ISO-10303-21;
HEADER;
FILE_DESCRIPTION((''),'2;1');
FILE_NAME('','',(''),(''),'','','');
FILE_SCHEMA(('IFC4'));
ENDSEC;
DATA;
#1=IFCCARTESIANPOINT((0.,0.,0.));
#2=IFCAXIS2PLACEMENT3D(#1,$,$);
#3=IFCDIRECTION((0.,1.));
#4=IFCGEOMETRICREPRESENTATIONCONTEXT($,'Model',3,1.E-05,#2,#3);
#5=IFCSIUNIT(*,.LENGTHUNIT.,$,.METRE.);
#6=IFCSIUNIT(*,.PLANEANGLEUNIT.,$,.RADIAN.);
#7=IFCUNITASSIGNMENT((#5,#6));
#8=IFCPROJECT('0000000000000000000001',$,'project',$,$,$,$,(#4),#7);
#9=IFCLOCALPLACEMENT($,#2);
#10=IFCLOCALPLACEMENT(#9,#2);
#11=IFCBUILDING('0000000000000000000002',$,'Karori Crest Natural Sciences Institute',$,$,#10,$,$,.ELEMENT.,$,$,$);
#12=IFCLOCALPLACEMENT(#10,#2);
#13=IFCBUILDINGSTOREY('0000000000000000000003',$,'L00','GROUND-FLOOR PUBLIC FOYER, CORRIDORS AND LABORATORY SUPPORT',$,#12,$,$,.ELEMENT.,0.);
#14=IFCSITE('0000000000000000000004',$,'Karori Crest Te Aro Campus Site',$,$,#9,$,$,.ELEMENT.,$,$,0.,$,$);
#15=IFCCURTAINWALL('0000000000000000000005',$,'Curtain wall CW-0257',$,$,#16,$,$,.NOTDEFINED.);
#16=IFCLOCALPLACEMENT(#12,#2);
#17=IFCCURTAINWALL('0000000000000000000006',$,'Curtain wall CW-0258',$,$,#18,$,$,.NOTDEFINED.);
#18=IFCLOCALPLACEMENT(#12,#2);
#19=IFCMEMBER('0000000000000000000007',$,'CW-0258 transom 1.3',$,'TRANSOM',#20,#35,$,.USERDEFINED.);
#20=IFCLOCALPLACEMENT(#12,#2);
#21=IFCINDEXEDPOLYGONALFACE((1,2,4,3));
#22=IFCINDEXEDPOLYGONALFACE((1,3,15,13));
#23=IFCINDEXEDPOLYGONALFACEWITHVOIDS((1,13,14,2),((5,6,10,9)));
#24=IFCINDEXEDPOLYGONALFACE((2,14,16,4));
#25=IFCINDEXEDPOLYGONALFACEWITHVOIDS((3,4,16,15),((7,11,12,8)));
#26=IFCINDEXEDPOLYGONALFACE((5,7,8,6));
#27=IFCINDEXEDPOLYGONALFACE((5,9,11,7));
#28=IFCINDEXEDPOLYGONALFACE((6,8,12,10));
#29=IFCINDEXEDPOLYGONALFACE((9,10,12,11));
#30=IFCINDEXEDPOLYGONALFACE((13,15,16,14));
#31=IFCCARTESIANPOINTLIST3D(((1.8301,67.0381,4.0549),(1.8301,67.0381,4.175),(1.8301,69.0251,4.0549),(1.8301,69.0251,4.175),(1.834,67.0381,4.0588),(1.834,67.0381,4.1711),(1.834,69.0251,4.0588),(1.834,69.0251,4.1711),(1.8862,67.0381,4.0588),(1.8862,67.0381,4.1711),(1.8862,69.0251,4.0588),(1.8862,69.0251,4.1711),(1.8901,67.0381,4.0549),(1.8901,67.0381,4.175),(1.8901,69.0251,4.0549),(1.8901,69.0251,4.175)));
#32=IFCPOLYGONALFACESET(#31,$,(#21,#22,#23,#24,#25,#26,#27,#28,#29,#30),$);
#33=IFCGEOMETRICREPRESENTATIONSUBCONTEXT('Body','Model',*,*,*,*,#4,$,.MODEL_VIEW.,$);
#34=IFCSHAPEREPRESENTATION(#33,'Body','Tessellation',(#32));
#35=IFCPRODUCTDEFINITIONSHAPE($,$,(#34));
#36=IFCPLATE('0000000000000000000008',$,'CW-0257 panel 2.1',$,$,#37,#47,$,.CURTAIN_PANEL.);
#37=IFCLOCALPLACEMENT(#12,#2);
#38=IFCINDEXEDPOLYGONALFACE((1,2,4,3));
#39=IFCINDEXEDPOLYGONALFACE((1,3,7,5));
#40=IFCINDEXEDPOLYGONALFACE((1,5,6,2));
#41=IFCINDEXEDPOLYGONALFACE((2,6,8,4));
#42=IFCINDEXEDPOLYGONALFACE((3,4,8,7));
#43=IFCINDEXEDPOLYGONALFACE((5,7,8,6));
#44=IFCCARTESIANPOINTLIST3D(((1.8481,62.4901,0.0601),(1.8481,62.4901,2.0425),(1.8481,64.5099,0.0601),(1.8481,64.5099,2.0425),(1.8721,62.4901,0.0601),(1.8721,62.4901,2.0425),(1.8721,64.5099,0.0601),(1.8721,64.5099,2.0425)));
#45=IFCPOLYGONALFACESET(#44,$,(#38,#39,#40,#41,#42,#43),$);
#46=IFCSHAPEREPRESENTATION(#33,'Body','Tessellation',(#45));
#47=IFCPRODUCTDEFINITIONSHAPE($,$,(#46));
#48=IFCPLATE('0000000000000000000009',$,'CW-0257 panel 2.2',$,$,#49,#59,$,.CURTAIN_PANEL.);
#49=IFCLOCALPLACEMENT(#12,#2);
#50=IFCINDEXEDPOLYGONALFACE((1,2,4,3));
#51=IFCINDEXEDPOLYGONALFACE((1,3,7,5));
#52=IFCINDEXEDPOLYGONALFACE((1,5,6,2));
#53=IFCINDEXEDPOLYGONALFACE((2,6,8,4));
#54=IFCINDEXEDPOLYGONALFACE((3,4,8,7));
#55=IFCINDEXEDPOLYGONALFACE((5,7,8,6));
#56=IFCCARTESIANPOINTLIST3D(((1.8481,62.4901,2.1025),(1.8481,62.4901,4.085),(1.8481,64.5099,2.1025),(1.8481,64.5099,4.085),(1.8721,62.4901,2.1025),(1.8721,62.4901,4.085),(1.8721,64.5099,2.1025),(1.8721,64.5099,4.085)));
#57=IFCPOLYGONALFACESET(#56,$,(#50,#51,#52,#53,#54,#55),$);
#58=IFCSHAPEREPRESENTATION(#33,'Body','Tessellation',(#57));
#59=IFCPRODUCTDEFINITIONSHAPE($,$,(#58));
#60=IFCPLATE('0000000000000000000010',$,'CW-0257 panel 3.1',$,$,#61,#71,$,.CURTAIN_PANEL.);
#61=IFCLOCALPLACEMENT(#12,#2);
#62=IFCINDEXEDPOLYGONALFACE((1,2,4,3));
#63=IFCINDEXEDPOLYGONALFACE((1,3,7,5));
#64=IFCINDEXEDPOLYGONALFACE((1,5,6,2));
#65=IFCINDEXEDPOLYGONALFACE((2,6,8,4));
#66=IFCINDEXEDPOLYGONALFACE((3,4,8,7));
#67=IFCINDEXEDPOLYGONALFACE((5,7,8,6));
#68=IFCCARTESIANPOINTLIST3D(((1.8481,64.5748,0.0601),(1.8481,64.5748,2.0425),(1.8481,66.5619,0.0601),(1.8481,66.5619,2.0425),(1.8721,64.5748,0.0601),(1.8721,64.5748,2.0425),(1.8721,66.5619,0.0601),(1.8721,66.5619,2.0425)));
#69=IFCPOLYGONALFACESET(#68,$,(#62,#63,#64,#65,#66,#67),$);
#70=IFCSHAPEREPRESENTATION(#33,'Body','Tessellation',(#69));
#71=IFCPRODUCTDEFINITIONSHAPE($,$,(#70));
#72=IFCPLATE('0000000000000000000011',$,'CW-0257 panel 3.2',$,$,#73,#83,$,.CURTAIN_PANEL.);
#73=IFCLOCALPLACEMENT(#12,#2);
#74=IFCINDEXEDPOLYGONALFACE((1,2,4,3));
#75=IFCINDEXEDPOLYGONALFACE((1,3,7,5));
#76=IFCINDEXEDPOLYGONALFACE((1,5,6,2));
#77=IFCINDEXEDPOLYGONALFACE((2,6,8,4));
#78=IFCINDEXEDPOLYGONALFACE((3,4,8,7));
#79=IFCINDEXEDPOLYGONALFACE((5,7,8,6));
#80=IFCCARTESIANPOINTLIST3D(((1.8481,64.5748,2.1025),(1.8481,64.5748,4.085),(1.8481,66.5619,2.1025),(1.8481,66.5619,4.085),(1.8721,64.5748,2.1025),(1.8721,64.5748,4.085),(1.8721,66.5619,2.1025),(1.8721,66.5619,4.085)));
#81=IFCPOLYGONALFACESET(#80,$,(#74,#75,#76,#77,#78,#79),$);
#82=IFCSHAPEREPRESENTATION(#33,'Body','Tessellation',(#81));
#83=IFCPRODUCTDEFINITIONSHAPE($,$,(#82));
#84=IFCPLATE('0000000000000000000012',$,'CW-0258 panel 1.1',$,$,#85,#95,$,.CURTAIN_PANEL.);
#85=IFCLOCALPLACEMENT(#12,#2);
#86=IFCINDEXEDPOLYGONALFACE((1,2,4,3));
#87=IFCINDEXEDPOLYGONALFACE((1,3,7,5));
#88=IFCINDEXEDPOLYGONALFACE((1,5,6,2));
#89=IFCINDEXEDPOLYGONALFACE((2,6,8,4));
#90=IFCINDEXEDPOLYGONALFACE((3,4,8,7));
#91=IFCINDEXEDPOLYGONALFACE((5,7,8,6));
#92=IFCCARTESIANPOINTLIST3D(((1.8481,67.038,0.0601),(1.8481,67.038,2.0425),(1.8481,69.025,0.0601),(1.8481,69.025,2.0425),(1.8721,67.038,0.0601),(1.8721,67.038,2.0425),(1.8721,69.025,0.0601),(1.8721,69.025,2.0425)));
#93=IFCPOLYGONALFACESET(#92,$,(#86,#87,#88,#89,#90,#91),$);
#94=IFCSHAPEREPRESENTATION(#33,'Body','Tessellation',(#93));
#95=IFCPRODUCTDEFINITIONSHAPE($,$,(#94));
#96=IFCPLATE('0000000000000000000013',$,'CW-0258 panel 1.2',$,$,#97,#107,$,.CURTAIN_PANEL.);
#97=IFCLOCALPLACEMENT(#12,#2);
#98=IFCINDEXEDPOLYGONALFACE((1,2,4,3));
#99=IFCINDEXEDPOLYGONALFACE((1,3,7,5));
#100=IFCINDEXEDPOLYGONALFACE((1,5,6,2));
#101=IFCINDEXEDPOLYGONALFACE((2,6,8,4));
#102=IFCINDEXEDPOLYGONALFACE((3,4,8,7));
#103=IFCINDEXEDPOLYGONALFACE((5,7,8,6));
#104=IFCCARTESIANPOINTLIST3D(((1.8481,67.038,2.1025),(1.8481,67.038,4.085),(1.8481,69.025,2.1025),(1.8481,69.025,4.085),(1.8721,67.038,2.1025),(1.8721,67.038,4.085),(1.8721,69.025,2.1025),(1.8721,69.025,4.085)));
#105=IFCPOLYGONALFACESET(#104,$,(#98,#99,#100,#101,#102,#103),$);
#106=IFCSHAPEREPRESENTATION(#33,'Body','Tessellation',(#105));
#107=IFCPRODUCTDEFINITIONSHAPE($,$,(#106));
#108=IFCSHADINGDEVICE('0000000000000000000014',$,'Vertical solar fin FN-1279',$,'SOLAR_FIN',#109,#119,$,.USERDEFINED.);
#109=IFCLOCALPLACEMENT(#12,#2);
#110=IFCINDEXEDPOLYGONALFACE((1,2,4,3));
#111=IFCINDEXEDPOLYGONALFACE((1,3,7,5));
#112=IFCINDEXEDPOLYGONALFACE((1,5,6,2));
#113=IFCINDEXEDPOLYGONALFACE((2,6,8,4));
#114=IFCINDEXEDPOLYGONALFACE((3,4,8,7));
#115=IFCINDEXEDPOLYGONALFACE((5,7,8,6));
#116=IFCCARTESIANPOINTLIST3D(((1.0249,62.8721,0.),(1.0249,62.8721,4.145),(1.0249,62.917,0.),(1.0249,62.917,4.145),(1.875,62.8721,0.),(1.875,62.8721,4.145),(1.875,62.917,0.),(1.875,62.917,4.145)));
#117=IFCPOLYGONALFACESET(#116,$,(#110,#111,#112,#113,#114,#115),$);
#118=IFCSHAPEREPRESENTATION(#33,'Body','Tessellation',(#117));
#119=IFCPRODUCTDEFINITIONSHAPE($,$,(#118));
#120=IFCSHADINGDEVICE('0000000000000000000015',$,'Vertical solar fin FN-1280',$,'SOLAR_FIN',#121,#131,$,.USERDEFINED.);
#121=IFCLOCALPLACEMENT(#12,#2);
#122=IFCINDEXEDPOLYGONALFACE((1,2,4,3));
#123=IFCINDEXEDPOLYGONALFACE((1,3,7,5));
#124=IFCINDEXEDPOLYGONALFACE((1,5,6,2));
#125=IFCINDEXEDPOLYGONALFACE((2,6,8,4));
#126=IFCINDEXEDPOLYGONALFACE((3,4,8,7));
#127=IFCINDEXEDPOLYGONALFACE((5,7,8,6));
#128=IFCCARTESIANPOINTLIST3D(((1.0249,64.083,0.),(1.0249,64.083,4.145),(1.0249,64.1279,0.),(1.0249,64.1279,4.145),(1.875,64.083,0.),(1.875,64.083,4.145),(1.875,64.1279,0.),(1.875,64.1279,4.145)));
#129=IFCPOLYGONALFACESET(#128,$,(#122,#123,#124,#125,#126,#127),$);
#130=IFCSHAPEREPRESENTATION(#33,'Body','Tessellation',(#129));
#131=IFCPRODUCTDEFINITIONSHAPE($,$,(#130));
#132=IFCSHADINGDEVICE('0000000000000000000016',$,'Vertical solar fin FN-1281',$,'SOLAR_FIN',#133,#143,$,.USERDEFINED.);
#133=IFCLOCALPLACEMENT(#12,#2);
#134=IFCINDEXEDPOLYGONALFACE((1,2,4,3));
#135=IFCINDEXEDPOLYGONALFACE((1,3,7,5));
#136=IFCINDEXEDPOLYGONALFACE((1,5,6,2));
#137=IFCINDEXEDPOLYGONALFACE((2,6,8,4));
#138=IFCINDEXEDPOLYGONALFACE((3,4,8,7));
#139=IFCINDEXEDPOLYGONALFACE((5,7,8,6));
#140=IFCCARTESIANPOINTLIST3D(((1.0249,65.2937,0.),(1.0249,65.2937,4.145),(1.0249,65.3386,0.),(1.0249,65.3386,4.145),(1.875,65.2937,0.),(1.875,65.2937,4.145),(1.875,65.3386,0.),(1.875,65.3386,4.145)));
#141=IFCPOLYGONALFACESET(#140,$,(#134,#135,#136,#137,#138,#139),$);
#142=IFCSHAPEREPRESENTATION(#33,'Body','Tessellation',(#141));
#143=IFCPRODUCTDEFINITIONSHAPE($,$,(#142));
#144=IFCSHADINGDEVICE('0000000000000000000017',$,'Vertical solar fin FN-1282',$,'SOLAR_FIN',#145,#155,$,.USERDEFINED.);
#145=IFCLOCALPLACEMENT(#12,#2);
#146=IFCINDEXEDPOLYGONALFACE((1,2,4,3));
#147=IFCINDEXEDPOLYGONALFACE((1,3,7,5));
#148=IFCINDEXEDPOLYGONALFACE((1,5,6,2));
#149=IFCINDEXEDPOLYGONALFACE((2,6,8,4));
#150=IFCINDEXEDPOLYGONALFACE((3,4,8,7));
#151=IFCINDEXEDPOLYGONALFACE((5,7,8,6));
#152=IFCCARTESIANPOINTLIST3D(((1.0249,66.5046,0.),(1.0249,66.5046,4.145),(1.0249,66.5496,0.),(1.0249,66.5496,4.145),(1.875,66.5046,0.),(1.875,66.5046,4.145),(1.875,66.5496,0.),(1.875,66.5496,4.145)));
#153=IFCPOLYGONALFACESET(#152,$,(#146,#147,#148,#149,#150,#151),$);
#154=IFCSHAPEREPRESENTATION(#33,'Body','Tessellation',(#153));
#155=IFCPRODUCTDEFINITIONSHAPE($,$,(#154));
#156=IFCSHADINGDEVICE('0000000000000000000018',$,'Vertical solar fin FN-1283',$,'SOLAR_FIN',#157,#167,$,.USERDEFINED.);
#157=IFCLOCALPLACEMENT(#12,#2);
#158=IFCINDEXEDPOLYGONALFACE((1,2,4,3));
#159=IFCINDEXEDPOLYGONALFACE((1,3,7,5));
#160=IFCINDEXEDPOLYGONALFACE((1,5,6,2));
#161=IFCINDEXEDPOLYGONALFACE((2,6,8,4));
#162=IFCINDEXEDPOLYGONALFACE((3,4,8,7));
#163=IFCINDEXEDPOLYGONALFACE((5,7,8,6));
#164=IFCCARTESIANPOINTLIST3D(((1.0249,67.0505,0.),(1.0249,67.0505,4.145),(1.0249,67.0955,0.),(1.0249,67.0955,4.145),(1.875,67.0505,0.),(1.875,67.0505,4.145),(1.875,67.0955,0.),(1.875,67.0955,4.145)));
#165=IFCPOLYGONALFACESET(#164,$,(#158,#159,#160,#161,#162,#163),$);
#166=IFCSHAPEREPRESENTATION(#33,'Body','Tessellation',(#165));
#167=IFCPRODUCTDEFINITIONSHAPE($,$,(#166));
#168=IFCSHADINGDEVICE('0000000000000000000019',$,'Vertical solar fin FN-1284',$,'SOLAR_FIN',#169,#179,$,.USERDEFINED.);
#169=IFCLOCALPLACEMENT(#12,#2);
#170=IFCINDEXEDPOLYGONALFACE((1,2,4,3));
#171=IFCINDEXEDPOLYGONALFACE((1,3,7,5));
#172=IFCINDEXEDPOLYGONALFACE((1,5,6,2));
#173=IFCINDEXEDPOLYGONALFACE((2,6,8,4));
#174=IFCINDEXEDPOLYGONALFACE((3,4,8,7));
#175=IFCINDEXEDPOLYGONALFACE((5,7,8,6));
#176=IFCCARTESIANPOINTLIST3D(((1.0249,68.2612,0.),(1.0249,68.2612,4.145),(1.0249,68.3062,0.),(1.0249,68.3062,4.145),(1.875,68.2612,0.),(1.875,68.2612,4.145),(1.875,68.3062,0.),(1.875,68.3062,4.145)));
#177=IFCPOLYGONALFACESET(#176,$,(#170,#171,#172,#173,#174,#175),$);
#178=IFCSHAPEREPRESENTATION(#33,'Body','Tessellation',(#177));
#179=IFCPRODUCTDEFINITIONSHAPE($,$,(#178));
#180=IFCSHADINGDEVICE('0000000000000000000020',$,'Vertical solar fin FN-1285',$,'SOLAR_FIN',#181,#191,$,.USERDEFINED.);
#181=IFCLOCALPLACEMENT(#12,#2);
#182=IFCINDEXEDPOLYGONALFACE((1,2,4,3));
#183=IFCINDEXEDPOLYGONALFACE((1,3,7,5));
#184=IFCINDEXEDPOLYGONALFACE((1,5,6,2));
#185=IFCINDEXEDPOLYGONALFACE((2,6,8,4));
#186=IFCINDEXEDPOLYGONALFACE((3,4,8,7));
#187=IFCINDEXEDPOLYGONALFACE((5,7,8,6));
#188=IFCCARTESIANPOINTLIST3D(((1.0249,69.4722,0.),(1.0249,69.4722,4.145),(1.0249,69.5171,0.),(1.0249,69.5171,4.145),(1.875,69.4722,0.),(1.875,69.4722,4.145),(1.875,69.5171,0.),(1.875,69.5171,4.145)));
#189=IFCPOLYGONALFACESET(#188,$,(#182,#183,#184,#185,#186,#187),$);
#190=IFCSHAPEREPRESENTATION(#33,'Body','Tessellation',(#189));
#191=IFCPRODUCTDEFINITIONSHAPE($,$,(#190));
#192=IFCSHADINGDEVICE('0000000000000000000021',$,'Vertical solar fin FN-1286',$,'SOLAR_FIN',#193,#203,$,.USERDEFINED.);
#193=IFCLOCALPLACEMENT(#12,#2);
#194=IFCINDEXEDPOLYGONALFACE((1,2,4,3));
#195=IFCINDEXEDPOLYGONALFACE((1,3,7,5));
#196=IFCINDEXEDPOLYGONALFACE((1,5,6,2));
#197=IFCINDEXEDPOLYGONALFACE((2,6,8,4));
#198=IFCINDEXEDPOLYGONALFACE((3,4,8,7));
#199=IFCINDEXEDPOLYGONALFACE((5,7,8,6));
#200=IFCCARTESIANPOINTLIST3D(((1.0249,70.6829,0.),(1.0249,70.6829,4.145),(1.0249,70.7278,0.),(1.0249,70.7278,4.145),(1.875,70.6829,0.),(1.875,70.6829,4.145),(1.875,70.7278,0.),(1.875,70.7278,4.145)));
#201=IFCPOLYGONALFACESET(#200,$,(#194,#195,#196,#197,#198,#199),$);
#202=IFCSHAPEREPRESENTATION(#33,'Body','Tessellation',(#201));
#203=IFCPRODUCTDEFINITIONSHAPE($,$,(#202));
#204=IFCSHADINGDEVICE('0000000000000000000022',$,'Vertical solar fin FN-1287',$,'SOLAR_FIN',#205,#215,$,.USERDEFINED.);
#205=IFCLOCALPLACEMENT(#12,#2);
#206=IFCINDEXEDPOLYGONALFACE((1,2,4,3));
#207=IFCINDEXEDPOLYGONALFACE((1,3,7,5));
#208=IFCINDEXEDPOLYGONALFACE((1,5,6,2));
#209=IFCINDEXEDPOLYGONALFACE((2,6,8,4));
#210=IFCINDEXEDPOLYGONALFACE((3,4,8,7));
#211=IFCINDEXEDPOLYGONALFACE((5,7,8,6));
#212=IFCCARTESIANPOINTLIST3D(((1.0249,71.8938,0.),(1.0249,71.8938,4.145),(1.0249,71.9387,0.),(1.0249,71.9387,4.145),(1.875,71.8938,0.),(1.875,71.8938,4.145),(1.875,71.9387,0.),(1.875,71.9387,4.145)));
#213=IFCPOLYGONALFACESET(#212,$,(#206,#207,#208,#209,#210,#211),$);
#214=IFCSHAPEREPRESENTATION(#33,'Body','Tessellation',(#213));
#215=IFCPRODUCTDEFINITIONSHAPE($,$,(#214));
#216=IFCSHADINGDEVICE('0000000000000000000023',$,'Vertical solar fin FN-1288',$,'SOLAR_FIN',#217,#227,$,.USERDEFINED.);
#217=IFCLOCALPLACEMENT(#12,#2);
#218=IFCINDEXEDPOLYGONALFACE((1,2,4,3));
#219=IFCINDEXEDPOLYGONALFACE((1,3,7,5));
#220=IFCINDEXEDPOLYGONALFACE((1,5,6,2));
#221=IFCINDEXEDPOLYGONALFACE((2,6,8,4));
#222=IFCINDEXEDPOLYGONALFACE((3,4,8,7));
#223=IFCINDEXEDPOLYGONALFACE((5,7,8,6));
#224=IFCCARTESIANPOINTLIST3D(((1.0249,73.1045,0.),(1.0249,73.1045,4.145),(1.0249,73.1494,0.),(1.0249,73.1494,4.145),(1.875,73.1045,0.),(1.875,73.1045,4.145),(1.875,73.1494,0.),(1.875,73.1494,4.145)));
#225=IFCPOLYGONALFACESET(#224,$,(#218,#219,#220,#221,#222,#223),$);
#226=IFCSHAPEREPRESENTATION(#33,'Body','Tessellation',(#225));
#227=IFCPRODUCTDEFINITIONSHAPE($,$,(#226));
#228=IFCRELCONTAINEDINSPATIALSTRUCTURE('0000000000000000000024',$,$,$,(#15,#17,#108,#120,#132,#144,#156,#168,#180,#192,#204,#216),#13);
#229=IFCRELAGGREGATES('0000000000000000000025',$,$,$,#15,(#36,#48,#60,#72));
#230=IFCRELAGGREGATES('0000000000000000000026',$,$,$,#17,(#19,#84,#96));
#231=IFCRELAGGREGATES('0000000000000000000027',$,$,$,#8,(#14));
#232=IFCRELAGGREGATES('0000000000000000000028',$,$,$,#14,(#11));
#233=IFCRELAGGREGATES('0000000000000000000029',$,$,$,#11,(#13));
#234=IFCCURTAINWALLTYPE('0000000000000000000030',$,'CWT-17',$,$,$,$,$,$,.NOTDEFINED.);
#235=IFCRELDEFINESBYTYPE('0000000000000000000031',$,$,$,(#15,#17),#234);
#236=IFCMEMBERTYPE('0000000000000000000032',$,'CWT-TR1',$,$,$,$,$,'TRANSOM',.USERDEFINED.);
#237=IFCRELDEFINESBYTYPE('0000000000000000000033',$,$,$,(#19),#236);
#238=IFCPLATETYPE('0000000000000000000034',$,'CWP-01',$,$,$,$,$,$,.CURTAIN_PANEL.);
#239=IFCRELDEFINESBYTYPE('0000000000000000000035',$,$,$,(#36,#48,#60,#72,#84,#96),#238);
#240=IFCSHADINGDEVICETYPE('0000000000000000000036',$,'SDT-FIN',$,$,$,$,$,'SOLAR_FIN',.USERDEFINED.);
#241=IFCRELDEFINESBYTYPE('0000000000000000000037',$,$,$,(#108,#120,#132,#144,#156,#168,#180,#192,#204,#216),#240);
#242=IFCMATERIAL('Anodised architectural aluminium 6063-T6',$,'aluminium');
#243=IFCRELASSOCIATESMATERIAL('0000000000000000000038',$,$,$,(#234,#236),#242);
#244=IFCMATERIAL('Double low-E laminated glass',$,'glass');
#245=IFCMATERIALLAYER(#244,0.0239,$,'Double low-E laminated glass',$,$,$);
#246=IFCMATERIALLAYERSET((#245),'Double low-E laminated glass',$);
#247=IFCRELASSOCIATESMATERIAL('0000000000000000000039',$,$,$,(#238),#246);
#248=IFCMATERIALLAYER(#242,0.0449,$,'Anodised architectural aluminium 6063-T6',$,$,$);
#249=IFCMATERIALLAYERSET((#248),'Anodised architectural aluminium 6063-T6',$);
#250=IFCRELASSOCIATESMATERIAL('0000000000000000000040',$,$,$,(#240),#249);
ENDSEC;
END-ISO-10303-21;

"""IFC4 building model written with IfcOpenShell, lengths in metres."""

from ifc_helpers import new_model, si_unit, direction, frame, origin, origin_2d, place, context, subcontext, project, spatial, rectangle, hollow_rectangle, extrude, material, layer, layer_set, material_profile, profile_set, type_object, element, aggregate, save


model = new_model("IFC4")

# Units and contexts
model_context = context("Model", 3, precision=1e-05, world=origin(), true_north=direction((0.0, 1.0)))
body_context = subcontext(model_context, "Body", "Model", "MODEL_VIEW")
ifc_project = project(units=[si_unit("LENGTHUNIT", "METRE"), si_unit("PLANEANGLEUNIT", "RADIAN")], contexts=[model_context])

# Site, building, storey
site_placement = place(None, origin())
site = spatial("IfcSite", under=ifc_project, at=site_placement, Name="Karori Crest Te Aro Campus Site", CompositionType="ELEMENT", RefElevation=0.0)
building_placement = place(site_placement, origin())
building = spatial("IfcBuilding", under=site, at=building_placement, Name="Karori Crest Natural Sciences Institute", CompositionType="ELEMENT")
storey_placement = place(building_placement, origin())
storey = spatial("IfcBuildingStorey", under=building, at=storey_placement, Name="L00", Description="GROUND-FLOOR PUBLIC FOYER, CORRIDORS AND LABORATORY SUPPORT", CompositionType="ELEMENT", Elevation=0.0)

# Curtain wall
ifc_material_1 = material(Name="Anodised architectural aluminium 6063-T6", Category="aluminium")
curtain_wall_type = type_object("IfcCurtainWallType", Name="CWT-17", PredefinedType="NOTDEFINED", material=ifc_material_1)
curtain_wall_1_placement = place(storey_placement, origin())
curtain_wall_1 = element("IfcCurtainWall", 1, at=curtain_wall_1_placement, inside=storey, type_object=curtain_wall_type, Name="Curtain wall CW-0257", PredefinedType="NOTDEFINED")

# Curtain wall
curtain_wall_2_placement = place(storey_placement, origin())
curtain_wall_2 = element("IfcCurtainWall", 2, at=curtain_wall_2_placement, inside=storey, type_object=curtain_wall_type, Name="Curtain wall CW-0258", PredefinedType="NOTDEFINED")

# Member
ifc_material_profile_1 = material_profile(ifc_material_1, hollow_rectangle(XDim=0.0601, YDim=0.1201, WallThickness=0.0039, at=origin_2d()), Name="CWT120x60x4")
ifc_profile_set_1 = profile_set([ifc_material_profile_1], Name="Anodised architectural aluminium 6063-T6")
member_type_1 = type_object("IfcMemberType", Name="CWT-TR1", ElementType="TRANSOM", PredefinedType="USERDEFINED", material=ifc_profile_set_1)
member_1_placement = place(storey_placement, frame((1.8601, 67.0381, 4.115), z_axis=(0.0, 1.0, 0.0), x_axis=(-1.0, 0.0, 0.0)))
member_1 = element("IfcMember", 3, at=member_1_placement, type_object=member_type_1, Name="CW-0258 transom 1.3", ObjectType="TRANSOM", PredefinedType="USERDEFINED", context=body_context, shape_type="SweptSolid", body=[
    extrude(hollow_rectangle(XDim=0.0601, YDim=0.1201, WallThickness=0.0039, at=origin_2d()), origin(), (0.0, 0.0, 1.0), 1.9871),
])

# Plates
ifc_material_2 = material(Name="Double low-E laminated glass", Category="glass")
ifc_layer_1 = layer(ifc_material_2, 0.0239, Name="Double low-E laminated glass")
ifc_layer_set_1 = layer_set([ifc_layer_1], Name="Double low-E laminated glass")
plate_type = type_object("IfcPlateType", Name="CWP-01", PredefinedType="CURTAIN_PANEL", material=ifc_layer_set_1)
plate_1_placement = place(storey_placement, frame((1.8601, 63.5, 0.0601), z_axis=(0.0, 0.0, 1.0), x_axis=(0.0, 1.0, 0.0)))
plate_1 = element("IfcPlate", 4, at=plate_1_placement, type_object=plate_type, Name="CW-0257 panel 2.1", PredefinedType="CURTAIN_PANEL", context=body_context, shape_type="SweptSolid", body=[
    extrude(rectangle(XDim=2.0198, YDim=0.0239, at=origin_2d()), origin(), (0.0, 0.0, 1.0), 1.9824),
])
plate_2_placement = place(storey_placement, frame((1.8601, 63.5, 2.1025), z_axis=(0.0, 0.0, 1.0), x_axis=(0.0, 1.0, 0.0)))
plate_2 = element("IfcPlate", 5, at=plate_2_placement, type_object=plate_type, Name="CW-0257 panel 2.2", PredefinedType="CURTAIN_PANEL", context=body_context, shape_type="SweptSolid", body=[
    extrude(rectangle(XDim=2.0198, YDim=0.0239, at=origin_2d()), origin(), (0.0, 0.0, 1.0), 1.9824),
])
plate_3_placement = place(storey_placement, frame((1.8601, 65.5684, 0.0601), z_axis=(0.0, 0.0, 1.0), x_axis=(0.0, 1.0, 0.0)))
plate_3 = element("IfcPlate", 6, at=plate_3_placement, type_object=plate_type, Name="CW-0257 panel 3.1", PredefinedType="CURTAIN_PANEL", context=body_context, shape_type="SweptSolid", body=[
    extrude(rectangle(XDim=1.9871, YDim=0.0239, at=origin_2d()), origin(), (0.0, 0.0, 1.0), 1.9824),
])
plate_4_placement = place(storey_placement, frame((1.8601, 65.5684, 2.1025), z_axis=(0.0, 0.0, 1.0), x_axis=(0.0, 1.0, 0.0)))
plate_4 = element("IfcPlate", 7, at=plate_4_placement, type_object=plate_type, Name="CW-0257 panel 3.2", PredefinedType="CURTAIN_PANEL", context=body_context, shape_type="SweptSolid", body=[
    extrude(rectangle(XDim=1.9871, YDim=0.0239, at=origin_2d()), origin(), (0.0, 0.0, 1.0), 1.9824),
])
aggregate(curtain_wall_1, [plate_1, plate_2, plate_3, plate_4])
plate_5_placement = place(storey_placement, frame((1.8601, 68.0315, 0.0601), z_axis=(0.0, 0.0, 1.0), x_axis=(0.0, 1.0, 0.0)))
plate_5 = element("IfcPlate", 8, at=plate_5_placement, type_object=plate_type, Name="CW-0258 panel 1.1", PredefinedType="CURTAIN_PANEL", context=body_context, shape_type="SweptSolid", body=[
    extrude(rectangle(XDim=1.9871, YDim=0.0239, at=origin_2d()), origin(), (0.0, 0.0, 1.0), 1.9824),
])
plate_6_placement = place(storey_placement, frame((1.8601, 68.0315, 2.1025), z_axis=(0.0, 0.0, 1.0), x_axis=(0.0, 1.0, 0.0)))
plate_6 = element("IfcPlate", 9, at=plate_6_placement, type_object=plate_type, Name="CW-0258 panel 1.2", PredefinedType="CURTAIN_PANEL", context=body_context, shape_type="SweptSolid", body=[
    extrude(rectangle(XDim=1.9871, YDim=0.0239, at=origin_2d()), origin(), (0.0, 0.0, 1.0), 1.9824),
])
aggregate(curtain_wall_2, [member_1, plate_5, plate_6])

# Shading devices
ifc_layer_2 = layer(ifc_material_1, 0.0449, Name="Anodised architectural aluminium 6063-T6")
ifc_layer_set_2 = layer_set([ifc_layer_2], Name="Anodised architectural aluminium 6063-T6")
shading_device_type = type_object("IfcShadingDeviceType", Name="SDT-FIN", ElementType="SOLAR_FIN", PredefinedType="USERDEFINED", material=ifc_layer_set_2)
for number, where, z_axis, x_axis, name in (
    (10, (1.45, 62.8945, 0.0), (0.0, 0.0, 1.0), (-1.0, 0.0, 0.0), "Vertical solar fin FN-1279"),
    (11, (1.45, 64.1055, 0.0), (0.0, 0.0, 1.0), (-1.0, 0.0, 0.0), "Vertical solar fin FN-1280"),
    (12, (1.45, 65.3162, 0.0), (0.0, 0.0, 1.0), (-1.0, 0.0, 0.0), "Vertical solar fin FN-1281"),
    (13, (1.45, 66.5271, 0.0), (0.0, 0.0, 1.0), (-1.0, 0.0, 0.0), "Vertical solar fin FN-1282"),
    (14, (1.45, 67.073, 0.0), (0.0, 0.0, 1.0), (-1.0, 0.0, 0.0), "Vertical solar fin FN-1283"),
    (15, (1.45, 68.2837, 0.0), (0.0, 0.0, 1.0), (-1.0, 0.0, 0.0), "Vertical solar fin FN-1284"),
    (16, (1.45, 69.4946, 0.0), (0.0, 0.0, 1.0), (-1.0, 0.0, 0.0), "Vertical solar fin FN-1285"),
    (17, (1.45, 70.7053, 0.0), (0.0, 0.0, 1.0), (-1.0, 0.0, 0.0), "Vertical solar fin FN-1286"),
    (18, (1.45, 71.9163, 0.0), (0.0, 0.0, 1.0), (-1.0, 0.0, 0.0), "Vertical solar fin FN-1287"),
    (19, (1.45, 73.127, 0.0), (0.0, 0.0, 1.0), (-1.0, 0.0, 0.0), "Vertical solar fin FN-1288"),
):
    element("IfcShadingDevice", number, at=place(storey_placement, frame(where, z_axis=z_axis, x_axis=x_axis)), inside=storey, type_object=shading_device_type, Name=name, ObjectType="SOLAR_FIN", PredefinedType="USERDEFINED", context=body_context, shape_type="SweptSolid", body=[
        extrude(rectangle(XDim=0.8501, YDim=0.0449, at=origin_2d()), origin(), (0.0, 0.0, 1.0), 4.145),
    ])

save(model, "model.ifc")
